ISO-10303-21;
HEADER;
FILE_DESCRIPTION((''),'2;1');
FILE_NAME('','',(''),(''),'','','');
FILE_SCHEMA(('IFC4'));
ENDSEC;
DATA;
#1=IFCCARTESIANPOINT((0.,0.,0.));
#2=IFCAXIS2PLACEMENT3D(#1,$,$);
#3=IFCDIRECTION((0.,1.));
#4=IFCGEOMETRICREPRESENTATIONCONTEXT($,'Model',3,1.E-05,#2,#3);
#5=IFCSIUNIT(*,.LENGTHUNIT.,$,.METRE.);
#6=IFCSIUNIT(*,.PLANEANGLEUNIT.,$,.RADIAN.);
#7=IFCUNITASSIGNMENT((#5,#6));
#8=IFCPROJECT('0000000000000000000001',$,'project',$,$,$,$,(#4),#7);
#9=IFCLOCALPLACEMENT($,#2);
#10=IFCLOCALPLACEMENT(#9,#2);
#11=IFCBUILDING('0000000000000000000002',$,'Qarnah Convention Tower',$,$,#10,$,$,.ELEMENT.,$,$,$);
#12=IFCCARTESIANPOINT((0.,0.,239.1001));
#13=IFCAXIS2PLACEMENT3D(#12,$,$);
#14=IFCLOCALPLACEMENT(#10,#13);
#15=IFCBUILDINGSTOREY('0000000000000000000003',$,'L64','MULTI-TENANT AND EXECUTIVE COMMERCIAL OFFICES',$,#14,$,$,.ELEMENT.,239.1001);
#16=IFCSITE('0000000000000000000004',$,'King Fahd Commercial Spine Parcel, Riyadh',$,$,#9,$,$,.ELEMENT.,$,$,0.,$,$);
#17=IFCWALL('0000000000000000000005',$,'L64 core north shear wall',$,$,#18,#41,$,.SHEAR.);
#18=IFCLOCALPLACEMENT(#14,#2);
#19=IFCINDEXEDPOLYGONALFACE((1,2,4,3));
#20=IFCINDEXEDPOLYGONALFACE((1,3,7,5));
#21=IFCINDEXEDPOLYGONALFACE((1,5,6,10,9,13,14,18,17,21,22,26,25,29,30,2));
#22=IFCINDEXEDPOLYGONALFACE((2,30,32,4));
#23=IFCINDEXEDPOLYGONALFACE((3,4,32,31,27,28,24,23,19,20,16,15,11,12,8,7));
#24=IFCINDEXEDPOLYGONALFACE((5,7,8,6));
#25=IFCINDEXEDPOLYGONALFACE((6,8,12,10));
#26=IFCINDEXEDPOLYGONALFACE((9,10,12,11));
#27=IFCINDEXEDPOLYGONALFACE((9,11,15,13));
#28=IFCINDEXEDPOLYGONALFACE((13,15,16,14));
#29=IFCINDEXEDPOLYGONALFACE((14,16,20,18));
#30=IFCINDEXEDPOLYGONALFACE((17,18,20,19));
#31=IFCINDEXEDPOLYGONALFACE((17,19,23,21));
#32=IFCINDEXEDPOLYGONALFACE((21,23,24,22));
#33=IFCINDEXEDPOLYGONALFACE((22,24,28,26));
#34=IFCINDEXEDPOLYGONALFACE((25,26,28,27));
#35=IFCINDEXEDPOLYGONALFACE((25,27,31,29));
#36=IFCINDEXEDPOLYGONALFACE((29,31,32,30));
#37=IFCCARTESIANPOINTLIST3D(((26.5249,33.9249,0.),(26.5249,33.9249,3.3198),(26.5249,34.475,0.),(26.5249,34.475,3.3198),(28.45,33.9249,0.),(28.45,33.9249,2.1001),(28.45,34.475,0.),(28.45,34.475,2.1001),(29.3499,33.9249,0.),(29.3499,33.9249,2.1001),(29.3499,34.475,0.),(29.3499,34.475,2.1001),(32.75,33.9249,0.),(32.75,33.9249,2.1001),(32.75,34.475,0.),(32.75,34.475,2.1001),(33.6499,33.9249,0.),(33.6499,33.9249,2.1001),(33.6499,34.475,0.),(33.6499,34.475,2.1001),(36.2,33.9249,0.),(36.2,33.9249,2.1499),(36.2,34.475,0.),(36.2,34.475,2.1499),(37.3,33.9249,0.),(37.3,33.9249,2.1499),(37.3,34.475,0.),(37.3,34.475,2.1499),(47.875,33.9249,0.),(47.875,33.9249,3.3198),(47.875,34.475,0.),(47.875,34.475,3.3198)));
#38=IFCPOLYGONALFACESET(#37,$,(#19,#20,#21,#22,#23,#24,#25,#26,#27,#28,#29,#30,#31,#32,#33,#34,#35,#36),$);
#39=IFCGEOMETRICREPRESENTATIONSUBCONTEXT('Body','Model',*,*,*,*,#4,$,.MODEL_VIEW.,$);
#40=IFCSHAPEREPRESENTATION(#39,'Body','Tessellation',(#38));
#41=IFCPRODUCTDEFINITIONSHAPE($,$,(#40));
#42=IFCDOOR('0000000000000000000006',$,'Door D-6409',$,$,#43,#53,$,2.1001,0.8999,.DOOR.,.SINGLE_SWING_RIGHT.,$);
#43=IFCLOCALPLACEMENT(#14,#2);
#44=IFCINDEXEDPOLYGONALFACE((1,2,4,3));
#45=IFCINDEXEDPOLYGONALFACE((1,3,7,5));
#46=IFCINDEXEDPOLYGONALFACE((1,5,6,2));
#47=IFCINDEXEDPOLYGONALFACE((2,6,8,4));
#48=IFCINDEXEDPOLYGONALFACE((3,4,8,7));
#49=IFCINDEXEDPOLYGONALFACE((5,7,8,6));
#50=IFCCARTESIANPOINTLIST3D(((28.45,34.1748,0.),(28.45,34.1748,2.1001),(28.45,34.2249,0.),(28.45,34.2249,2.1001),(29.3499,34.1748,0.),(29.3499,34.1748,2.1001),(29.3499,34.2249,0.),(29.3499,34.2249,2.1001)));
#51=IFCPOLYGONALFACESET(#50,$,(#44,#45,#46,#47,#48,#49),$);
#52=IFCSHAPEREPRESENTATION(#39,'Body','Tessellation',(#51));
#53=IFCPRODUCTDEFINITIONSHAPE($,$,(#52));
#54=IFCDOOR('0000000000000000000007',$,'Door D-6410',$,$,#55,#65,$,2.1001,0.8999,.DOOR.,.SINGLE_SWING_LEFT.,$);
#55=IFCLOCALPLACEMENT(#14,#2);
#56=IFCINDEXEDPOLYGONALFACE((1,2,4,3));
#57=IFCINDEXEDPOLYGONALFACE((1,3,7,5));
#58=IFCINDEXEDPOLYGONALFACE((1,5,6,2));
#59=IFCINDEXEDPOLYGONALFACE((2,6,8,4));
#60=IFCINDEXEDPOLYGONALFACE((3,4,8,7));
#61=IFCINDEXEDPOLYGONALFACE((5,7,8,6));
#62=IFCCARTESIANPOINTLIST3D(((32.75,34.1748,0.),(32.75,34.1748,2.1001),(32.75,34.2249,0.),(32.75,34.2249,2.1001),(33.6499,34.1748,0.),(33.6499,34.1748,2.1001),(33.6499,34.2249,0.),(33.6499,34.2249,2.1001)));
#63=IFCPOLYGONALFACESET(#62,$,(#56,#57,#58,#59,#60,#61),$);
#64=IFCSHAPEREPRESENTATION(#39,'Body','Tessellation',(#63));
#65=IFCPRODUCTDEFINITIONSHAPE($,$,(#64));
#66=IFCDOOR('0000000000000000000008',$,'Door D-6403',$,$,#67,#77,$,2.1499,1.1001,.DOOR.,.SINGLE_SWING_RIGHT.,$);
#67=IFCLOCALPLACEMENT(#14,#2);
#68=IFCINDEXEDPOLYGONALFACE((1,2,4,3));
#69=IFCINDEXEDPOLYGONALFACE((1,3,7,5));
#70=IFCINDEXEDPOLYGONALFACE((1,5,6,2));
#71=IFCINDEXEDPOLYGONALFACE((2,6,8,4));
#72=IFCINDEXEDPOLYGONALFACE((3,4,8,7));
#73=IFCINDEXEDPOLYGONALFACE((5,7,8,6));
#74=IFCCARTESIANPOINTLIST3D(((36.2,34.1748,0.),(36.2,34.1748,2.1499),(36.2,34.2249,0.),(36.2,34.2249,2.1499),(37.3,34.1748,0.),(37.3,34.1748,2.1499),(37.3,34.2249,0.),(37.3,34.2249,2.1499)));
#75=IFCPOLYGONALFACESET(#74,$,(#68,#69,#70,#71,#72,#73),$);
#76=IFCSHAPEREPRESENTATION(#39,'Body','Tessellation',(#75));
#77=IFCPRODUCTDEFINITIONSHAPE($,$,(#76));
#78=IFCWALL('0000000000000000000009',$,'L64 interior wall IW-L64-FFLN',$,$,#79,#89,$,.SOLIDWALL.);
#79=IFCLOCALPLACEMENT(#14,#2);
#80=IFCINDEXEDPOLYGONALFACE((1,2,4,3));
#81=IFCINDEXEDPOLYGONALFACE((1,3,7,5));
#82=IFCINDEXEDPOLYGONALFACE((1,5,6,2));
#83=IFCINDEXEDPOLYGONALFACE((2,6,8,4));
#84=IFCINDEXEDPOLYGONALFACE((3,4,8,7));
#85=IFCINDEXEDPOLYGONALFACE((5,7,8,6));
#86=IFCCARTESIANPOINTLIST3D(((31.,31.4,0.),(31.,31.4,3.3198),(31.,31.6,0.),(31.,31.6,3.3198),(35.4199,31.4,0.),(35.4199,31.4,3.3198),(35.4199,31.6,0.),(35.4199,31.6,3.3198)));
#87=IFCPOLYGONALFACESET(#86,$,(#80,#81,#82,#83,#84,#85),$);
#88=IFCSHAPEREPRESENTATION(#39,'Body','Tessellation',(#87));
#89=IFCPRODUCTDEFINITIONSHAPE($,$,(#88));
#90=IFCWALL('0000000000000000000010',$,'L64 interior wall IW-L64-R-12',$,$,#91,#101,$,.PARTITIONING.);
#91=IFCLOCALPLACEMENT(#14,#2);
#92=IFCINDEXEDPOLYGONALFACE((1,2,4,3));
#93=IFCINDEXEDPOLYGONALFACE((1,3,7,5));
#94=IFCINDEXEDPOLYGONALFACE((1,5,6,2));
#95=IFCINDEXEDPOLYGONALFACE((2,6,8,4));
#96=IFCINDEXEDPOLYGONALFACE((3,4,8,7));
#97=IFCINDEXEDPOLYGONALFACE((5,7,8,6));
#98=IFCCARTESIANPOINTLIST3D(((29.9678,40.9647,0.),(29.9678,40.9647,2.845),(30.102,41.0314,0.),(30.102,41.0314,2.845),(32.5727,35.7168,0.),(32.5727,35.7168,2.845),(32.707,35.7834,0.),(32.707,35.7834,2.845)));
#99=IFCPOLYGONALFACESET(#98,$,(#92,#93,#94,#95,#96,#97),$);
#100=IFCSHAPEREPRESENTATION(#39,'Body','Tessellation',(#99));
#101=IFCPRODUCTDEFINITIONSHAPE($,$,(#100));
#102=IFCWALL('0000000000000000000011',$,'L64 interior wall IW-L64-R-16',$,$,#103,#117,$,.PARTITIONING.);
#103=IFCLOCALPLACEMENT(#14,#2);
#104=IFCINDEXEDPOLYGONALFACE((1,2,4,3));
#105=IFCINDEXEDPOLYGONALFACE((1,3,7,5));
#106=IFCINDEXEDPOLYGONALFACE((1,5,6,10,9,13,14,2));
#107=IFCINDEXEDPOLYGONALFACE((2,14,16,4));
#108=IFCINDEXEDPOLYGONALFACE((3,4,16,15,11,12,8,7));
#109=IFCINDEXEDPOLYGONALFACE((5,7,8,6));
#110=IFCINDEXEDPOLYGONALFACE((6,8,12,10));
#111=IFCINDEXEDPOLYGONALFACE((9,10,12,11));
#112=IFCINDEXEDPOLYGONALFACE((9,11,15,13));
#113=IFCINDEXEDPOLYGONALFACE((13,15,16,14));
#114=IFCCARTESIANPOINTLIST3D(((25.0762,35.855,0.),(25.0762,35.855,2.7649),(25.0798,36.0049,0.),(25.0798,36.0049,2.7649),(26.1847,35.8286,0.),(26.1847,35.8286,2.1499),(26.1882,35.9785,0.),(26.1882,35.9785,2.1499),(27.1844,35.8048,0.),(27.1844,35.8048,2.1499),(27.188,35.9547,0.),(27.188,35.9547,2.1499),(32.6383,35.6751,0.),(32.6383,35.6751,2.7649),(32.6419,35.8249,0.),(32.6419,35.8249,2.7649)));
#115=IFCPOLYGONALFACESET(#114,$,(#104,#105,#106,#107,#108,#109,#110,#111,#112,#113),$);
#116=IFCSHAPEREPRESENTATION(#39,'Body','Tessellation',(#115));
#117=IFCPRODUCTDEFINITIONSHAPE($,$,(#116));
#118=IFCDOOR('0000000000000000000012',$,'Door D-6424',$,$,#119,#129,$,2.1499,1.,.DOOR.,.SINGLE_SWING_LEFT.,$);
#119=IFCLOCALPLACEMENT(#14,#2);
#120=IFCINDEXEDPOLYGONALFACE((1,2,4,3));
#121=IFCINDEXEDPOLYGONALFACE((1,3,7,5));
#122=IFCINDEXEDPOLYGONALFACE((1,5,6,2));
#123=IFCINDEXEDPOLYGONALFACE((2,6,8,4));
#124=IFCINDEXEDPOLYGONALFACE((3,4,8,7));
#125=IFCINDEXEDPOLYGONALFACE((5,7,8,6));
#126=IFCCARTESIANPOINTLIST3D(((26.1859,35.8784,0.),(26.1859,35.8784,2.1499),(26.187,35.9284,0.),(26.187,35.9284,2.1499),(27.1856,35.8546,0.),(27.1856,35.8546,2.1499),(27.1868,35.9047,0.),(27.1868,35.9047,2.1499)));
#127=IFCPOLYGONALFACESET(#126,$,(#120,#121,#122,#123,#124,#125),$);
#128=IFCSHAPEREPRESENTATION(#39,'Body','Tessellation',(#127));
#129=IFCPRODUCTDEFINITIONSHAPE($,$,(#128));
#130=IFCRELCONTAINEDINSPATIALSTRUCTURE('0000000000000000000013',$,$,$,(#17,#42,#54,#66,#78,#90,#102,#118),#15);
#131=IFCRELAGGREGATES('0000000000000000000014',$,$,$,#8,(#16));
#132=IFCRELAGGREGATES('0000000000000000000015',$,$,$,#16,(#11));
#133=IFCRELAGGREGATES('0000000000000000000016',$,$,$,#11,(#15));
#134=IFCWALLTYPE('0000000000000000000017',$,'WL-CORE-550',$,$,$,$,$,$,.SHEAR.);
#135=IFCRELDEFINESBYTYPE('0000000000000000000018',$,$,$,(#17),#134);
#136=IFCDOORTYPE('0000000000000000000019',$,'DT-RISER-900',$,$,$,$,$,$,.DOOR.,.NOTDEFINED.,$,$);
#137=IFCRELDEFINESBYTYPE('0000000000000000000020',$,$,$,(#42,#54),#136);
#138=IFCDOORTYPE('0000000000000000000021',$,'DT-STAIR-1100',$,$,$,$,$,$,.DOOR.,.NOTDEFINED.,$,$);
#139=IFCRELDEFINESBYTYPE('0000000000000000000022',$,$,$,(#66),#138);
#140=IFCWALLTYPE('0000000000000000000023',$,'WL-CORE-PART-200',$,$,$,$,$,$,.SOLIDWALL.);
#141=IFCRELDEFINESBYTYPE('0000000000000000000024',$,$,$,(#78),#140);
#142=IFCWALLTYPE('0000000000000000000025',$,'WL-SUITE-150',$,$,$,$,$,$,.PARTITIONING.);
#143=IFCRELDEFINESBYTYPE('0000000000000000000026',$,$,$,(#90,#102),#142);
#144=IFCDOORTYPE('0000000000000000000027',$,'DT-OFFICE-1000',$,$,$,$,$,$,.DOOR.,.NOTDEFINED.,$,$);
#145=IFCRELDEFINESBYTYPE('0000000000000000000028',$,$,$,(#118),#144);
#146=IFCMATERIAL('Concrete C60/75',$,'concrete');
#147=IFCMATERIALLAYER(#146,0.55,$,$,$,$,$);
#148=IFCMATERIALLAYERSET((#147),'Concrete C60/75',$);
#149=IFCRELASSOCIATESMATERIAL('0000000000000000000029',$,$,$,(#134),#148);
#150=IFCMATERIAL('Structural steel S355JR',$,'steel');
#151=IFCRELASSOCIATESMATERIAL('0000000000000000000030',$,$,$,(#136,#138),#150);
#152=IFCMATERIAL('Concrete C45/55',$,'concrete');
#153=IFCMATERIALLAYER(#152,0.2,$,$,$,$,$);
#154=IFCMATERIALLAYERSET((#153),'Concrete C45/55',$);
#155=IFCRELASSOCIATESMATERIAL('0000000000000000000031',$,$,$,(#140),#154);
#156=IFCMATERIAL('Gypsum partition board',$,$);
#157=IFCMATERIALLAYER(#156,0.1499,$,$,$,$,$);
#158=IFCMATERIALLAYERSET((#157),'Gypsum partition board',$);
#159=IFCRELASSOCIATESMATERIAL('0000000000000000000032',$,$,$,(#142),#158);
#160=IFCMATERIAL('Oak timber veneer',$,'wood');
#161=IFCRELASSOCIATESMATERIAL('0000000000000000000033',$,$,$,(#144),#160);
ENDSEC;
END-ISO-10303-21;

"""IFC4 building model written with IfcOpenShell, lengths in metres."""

from ifc_helpers import new_model, si_unit, direction, frame, frame_2d, origin, place, context, subcontext, project, spatial, rectangle, extrude, material, layer, layer_set, type_object, element, fill, save


model = new_model("IFC4")

# Units and contexts
model_context = context("Model", 3, precision=1e-05, world=origin(), true_north=direction((0.0, 1.0)))
body_context = subcontext(model_context, "Body", "Model", "MODEL_VIEW")
ifc_project = project(units=[si_unit("LENGTHUNIT", "METRE"), si_unit("PLANEANGLEUNIT", "RADIAN")], contexts=[model_context])

# Site, building, storey
site_placement = place(None, origin())
site = spatial("IfcSite", under=ifc_project, at=site_placement, Name="King Fahd Commercial Spine Parcel, Riyadh", CompositionType="ELEMENT", RefElevation=0.0)
building_placement = place(site_placement, origin())
building = spatial("IfcBuilding", under=site, at=building_placement, Name="Qarnah Convention Tower", CompositionType="ELEMENT")
storey_placement = place(building_placement, frame((0.0, 0.0, 239.1001)))
storey = spatial("IfcBuildingStorey", under=building, at=storey_placement, Name="L64", Description="MULTI-TENANT AND EXECUTIVE COMMERCIAL OFFICES", CompositionType="ELEMENT", Elevation=239.1001)

# Shared definitions
ifc_material_1 = material(Name="Structural steel S355JR", Category="steel")

# Wall, openings, doors
ifc_material_2 = material(Name="Concrete C60/75", Category="concrete")
ifc_layer_1 = layer(ifc_material_2, 0.55)
ifc_layer_set_1 = layer_set([ifc_layer_1], Name="Concrete C60/75")
wall_type_1 = type_object("IfcWallType", Name="WL-CORE-550", PredefinedType="SHEAR", material=ifc_layer_set_1)
wall_1_placement = place(storey_placement, frame((26.5249, 34.2, 0.0), z_axis=(0.0, 0.0, 1.0), x_axis=(1.0, 0.0, 0.0)))
wall_1 = element("IfcWall", 1, at=wall_1_placement, inside=storey, type_object=wall_type_1, Name="L64 core north shear wall", PredefinedType="SHEAR", context=body_context, shape_type="SweptSolid", body=[
    extrude(rectangle(XDim=21.3501, YDim=0.55, at=frame_2d((10.675, 0.0))), origin(), (0.0, 0.0, 1.0), 3.3198),
])
opening_1_placement = place(wall_1_placement, frame((9.675, 0.0, 0.0)))
opening_1 = element("IfcOpeningElement", 2, at=opening_1_placement, cuts=wall_1, PredefinedType="OPENING", context=body_context, shape_type="SweptSolid", body=[
    extrude(rectangle(XDim=1.1001, YDim=2.1499, at=frame_2d((0.55, 1.075))), frame((0.0, 0.2849, 0.0), z_axis=(0.0, -1.0, 0.0), x_axis=(1.0, 0.0, 0.0)), (0.0, 0.0, 1.0), 0.5701),
])
opening_2_placement = place(wall_1_placement, frame((1.925, 0.0, 0.0)))
opening_2 = element("IfcOpeningElement", 3, at=opening_2_placement, cuts=wall_1, PredefinedType="OPENING", context=body_context, shape_type="SweptSolid", body=[
    extrude(rectangle(XDim=0.8999, YDim=2.1001, at=frame_2d((0.45, 1.05))), frame((0.0, 0.2849, 0.0), z_axis=(0.0, -1.0, 0.0), x_axis=(1.0, 0.0, 0.0)), (0.0, 0.0, 1.0), 0.5701),
])
opening_3_placement = place(wall_1_placement, frame((6.2251, 0.0, 0.0)))
opening_3 = element("IfcOpeningElement", 4, at=opening_3_placement, cuts=wall_1, PredefinedType="OPENING", context=body_context, shape_type="SweptSolid", body=[
    extrude(rectangle(XDim=0.8999, YDim=2.1001, at=frame_2d((0.45, 1.05))), frame((0.0, 0.2849, 0.0), z_axis=(0.0, -1.0, 0.0), x_axis=(1.0, 0.0, 0.0)), (0.0, 0.0, 1.0), 0.5701),
])
door_type_1 = type_object("IfcDoorType", Name="DT-RISER-900", OperationType="NOTDEFINED", PredefinedType="DOOR", material=ifc_material_1)
door_1_placement = place(opening_2_placement, origin())
door_1 = element("IfcDoor", 5, at=door_1_placement, inside=storey, type_object=door_type_1, Name="Door D-6409", OperationType="SINGLE_SWING_RIGHT", OverallHeight=2.1001, OverallWidth=0.8999, PredefinedType="DOOR", context=body_context, shape_type="SweptSolid", body=[
    extrude(rectangle(XDim=0.8999, YDim=2.1001, at=frame_2d((0.45, 1.05))), frame((0.0, 0.0249, 0.0), z_axis=(0.0, -1.0, 0.0), x_axis=(1.0, 0.0, 0.0)), (0.0, 0.0, 1.0), 0.05),
])
fill(opening_2, door_1)
door_2_placement = place(opening_3_placement, origin())
door_2 = element("IfcDoor", 6, at=door_2_placement, inside=storey, type_object=door_type_1, Name="Door D-6410", OperationType="SINGLE_SWING_LEFT", OverallHeight=2.1001, OverallWidth=0.8999, PredefinedType="DOOR", context=body_context, shape_type="SweptSolid", body=[
    extrude(rectangle(XDim=0.8999, YDim=2.1001, at=frame_2d((0.45, 1.05))), frame((0.0, 0.0249, 0.0), z_axis=(0.0, -1.0, 0.0), x_axis=(1.0, 0.0, 0.0)), (0.0, 0.0, 1.0), 0.05),
])
fill(opening_3, door_2)
door_type_2 = type_object("IfcDoorType", Name="DT-STAIR-1100", OperationType="NOTDEFINED", PredefinedType="DOOR", material=ifc_material_1)
door_3_placement = place(opening_1_placement, origin())
door_3 = element("IfcDoor", 7, at=door_3_placement, inside=storey, type_object=door_type_2, Name="Door D-6403", OperationType="SINGLE_SWING_RIGHT", OverallHeight=2.1499, OverallWidth=1.1001, PredefinedType="DOOR", context=body_context, shape_type="SweptSolid", body=[
    extrude(rectangle(XDim=1.1001, YDim=2.1499, at=frame_2d((0.55, 1.075))), frame((0.0, 0.0249, 0.0), z_axis=(0.0, -1.0, 0.0), x_axis=(1.0, 0.0, 0.0)), (0.0, 0.0, 1.0), 0.05),
])
fill(opening_1, door_3)

# Walls
ifc_material_3 = material(Name="Concrete C45/55", Category="concrete")
ifc_layer_2 = layer(ifc_material_3, 0.2)
ifc_layer_set_2 = layer_set([ifc_layer_2], Name="Concrete C45/55")
wall_type_2 = type_object("IfcWallType", Name="WL-CORE-PART-200", PredefinedType="SOLIDWALL", material=ifc_layer_set_2)
wall_2_placement = place(storey_placement, frame((31.0, 31.5, 0.0), z_axis=(0.0, 0.0, 1.0), x_axis=(1.0, 0.0, 0.0)))
element("IfcWall", 8, at=wall_2_placement, inside=storey, type_object=wall_type_2, Name="L64 interior wall IW-L64-FFLN", PredefinedType="SOLIDWALL", context=body_context, shape_type="SweptSolid", body=[
    extrude(rectangle(XDim=4.4199, YDim=0.2, at=frame_2d((2.21, 0.0))), origin(), (0.0, 0.0, 1.0), 3.3198),
])
ifc_material_4 = material(Name="Gypsum partition board")
ifc_layer_3 = layer(ifc_material_4, 0.1499)
ifc_layer_set_3 = layer_set([ifc_layer_3], Name="Gypsum partition board")
wall_type_3 = type_object("IfcWallType", Name="WL-SUITE-150", PredefinedType="PARTITIONING", material=ifc_layer_set_3)
wall_3_placement = place(storey_placement, frame((30.0349, 40.998, 0.0), z_axis=(0.0, 0.0, 1.0), x_axis=(0.444612, -0.895723, 0.0)))
element("IfcWall", 9, at=wall_3_placement, inside=storey, type_object=wall_type_3, Name="L64 interior wall IW-L64-R-12", PredefinedType="PARTITIONING", context=body_context, shape_type="SweptSolid", body=[
    extrude(rectangle(XDim=5.8589, YDim=0.1499, at=frame_2d((2.9294, 0.0))), origin(), (0.0, 0.0, 1.0), 2.845),
])

# Wall, opening, door
ifc_material_5 = material(Name="Oak timber veneer", Category="wood")
door_type_3 = type_object("IfcDoorType", Name="DT-OFFICE-1000", OperationType="NOTDEFINED", PredefinedType="DOOR", material=ifc_material_5)
wall_4_placement = place(storey_placement, frame((25.0779, 35.9299, 0.0), z_axis=(0.0, 0.0, 1.0), x_axis=(0.999717, -0.023787, 0.0)))
wall_4 = element("IfcWall", 10, at=wall_4_placement, inside=storey, type_object=wall_type_3, Name="L64 interior wall IW-L64-R-16", PredefinedType="PARTITIONING", context=body_context, shape_type="SweptSolid", body=[
    extrude(rectangle(XDim=7.5642, YDim=0.1499, at=frame_2d((3.7822, 0.0))), origin(), (0.0, 0.0, 1.0), 2.7649),
])
opening_4_placement = place(wall_4_placement, frame((1.1089, 0.0, 0.0)))
opening_4 = element("IfcOpeningElement", 11, at=opening_4_placement, cuts=wall_4, PredefinedType="OPENING", context=body_context, shape_type="SweptSolid", body=[
    extrude(rectangle(XDim=1.0, YDim=2.1499, at=frame_2d((0.5, 1.075))), frame((0.0, 0.085, 0.0), z_axis=(0.0, -1.0, 0.0), x_axis=(1.0, 0.0, 0.0)), (0.0, 0.0, 1.0), 0.1699),
])
door_4_placement = place(opening_4_placement, origin())
door_4 = element("IfcDoor", 12, at=door_4_placement, inside=storey, type_object=door_type_3, Name="Door D-6424", OperationType="SINGLE_SWING_LEFT", OverallHeight=2.1499, OverallWidth=1.0, PredefinedType="DOOR", context=body_context, shape_type="SweptSolid", body=[
    extrude(rectangle(XDim=1.0, YDim=2.1499, at=frame_2d((0.5, 1.075))), frame((0.0, 0.0249, 0.0), z_axis=(0.0, -1.0, 0.0), x_axis=(1.0, 0.0, 0.0)), (0.0, 0.0, 1.0), 0.05),
])
fill(opening_4, door_4)

save(model, "model.ifc")
